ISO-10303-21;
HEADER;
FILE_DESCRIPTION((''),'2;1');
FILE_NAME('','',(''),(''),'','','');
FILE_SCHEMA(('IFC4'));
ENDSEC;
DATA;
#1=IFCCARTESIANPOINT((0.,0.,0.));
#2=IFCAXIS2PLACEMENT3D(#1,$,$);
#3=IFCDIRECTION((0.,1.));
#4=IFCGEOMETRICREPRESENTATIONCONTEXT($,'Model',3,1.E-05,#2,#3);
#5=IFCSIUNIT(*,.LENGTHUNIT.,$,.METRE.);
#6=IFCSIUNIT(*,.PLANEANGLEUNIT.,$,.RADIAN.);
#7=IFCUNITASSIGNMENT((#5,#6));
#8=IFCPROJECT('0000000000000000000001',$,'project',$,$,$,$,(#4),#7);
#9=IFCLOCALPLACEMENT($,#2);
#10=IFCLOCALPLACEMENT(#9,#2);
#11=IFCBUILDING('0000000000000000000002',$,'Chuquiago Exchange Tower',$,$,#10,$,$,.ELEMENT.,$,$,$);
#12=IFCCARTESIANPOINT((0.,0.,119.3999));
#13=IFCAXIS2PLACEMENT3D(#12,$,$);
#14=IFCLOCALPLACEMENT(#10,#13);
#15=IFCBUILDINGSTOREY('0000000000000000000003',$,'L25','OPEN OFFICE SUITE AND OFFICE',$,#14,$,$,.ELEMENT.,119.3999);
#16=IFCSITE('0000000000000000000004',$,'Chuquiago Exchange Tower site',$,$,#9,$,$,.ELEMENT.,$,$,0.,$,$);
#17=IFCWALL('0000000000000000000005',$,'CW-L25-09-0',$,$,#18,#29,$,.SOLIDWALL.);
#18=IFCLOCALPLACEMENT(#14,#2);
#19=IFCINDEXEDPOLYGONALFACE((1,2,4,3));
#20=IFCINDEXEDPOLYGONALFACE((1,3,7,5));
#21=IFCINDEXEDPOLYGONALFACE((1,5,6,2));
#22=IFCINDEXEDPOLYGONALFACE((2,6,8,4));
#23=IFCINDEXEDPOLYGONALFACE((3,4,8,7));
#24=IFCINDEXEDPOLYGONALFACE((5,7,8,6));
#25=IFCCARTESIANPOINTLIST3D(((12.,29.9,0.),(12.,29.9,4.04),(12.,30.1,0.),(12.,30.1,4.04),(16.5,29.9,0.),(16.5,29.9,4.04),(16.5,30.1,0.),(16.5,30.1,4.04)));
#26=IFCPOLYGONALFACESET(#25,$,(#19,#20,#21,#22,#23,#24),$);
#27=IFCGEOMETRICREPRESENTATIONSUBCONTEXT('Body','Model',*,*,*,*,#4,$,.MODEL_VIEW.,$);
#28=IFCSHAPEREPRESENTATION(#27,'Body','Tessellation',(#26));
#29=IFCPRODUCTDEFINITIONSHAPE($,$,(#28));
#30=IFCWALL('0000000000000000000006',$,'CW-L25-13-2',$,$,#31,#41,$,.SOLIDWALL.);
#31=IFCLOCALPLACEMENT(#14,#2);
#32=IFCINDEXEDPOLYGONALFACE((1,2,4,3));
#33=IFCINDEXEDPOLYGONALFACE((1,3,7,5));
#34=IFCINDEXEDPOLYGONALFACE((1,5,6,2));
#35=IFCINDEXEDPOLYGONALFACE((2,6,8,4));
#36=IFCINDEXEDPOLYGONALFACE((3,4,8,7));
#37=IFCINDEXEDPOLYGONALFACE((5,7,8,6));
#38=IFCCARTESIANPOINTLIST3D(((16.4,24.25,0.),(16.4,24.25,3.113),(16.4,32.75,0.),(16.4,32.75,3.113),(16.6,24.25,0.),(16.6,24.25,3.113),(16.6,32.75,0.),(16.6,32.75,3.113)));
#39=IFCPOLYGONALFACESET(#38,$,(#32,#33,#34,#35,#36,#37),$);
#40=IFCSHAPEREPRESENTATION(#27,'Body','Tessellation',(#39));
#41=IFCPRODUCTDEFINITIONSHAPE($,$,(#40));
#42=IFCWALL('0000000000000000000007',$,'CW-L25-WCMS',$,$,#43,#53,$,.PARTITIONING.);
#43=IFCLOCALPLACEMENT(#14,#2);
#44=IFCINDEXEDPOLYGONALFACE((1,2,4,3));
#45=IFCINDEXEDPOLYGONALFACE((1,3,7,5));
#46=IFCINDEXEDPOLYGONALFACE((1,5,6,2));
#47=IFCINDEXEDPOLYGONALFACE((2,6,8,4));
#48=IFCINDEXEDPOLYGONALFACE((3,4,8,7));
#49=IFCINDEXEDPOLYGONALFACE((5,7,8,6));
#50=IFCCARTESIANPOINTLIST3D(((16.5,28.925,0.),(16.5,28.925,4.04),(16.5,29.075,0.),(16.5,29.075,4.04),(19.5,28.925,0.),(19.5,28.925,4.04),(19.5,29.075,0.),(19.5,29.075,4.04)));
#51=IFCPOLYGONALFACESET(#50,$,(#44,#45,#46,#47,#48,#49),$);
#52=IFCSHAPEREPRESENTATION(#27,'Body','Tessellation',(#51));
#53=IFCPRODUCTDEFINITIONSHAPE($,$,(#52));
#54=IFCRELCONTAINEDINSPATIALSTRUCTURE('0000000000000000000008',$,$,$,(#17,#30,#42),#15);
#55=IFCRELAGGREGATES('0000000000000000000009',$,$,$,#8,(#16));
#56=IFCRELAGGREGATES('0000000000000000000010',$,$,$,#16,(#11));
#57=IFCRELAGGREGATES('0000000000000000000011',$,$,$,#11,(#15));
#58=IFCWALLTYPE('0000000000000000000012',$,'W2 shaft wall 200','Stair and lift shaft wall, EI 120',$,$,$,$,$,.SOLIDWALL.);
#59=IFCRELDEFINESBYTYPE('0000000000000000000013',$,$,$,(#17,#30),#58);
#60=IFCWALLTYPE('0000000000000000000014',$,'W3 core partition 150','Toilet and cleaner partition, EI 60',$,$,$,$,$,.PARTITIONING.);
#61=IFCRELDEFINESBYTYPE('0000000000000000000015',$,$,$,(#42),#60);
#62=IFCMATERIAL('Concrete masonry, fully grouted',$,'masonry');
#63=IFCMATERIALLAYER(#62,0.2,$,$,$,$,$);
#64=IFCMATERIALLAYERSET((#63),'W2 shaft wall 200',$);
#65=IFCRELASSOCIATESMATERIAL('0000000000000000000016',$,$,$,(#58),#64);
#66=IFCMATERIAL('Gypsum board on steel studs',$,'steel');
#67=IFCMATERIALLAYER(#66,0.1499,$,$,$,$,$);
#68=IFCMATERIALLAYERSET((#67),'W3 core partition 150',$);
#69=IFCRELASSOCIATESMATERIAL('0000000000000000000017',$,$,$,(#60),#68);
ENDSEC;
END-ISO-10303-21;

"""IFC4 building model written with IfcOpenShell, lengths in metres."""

from ifc_helpers import new_model, si_unit, direction, frame, frame_2d, origin, place, context, subcontext, project, spatial, rectangle, extrude, material, layer, layer_set, type_object, element, save


model = new_model("IFC4")

# Units and contexts
model_context = context("Model", 3, precision=1e-05, world=origin(), true_north=direction((0.0, 1.0)))
body_context = subcontext(model_context, "Body", "Model", "MODEL_VIEW")
ifc_project = project(units=[si_unit("LENGTHUNIT", "METRE"), si_unit("PLANEANGLEUNIT", "RADIAN")], contexts=[model_context])

# Site, building, storey
site_placement = place(None, origin())
site = spatial("IfcSite", under=ifc_project, at=site_placement, Name="Chuquiago Exchange Tower site", CompositionType="ELEMENT", RefElevation=0.0)
building_placement = place(site_placement, origin())
building = spatial("IfcBuilding", under=site, at=building_placement, Name="Chuquiago Exchange Tower", CompositionType="ELEMENT")
storey_placement = place(building_placement, frame((0.0, 0.0, 119.3999)))
storey = spatial("IfcBuildingStorey", under=building, at=storey_placement, Name="L25", Description="OPEN OFFICE SUITE AND OFFICE", CompositionType="ELEMENT", Elevation=119.3999)

# Shared definitions
ifc_material_1 = material(Name="Concrete masonry, fully grouted", Category="masonry")
ifc_layer_1 = layer(ifc_material_1, 0.2)
ifc_layer_set_1 = layer_set([ifc_layer_1], Name="W2 shaft wall 200")
wall_type_1 = type_object("IfcWallType", Name="W2 shaft wall 200", Description="Stair and lift shaft wall, EI 120", PredefinedType="SOLIDWALL", material=ifc_layer_set_1)

# Walls
wall_1_placement = place(storey_placement, frame((12.0, 30.0, 0.0), z_axis=(0.0, 0.0, 1.0), x_axis=(1.0, 0.0, 0.0)))
element("IfcWall", 1, at=wall_1_placement, inside=storey, type_object=wall_type_1, Name="CW-L25-09-0", PredefinedType="SOLIDWALL", context=body_context, shape_type="SweptSolid", body=[
    extrude(rectangle(XDim=4.5, YDim=0.2, at=frame_2d((2.25, 0.0))), origin(), (0.0, 0.0, 1.0), 4.04),
])
wall_2_placement = place(storey_placement, frame((16.5, 24.25, 0.0), z_axis=(0.0, 0.0, 1.0), x_axis=(0.0, 1.0, 0.0)))
element("IfcWall", 2, at=wall_2_placement, inside=storey, type_object=wall_type_1, Name="CW-L25-13-2", PredefinedType="SOLIDWALL", context=body_context, shape_type="SweptSolid", body=[
    extrude(rectangle(XDim=8.5, YDim=0.2, at=frame_2d((4.25, 0.0))), origin(), (0.0, 0.0, 1.0), 3.113),
])
ifc_material_2 = material(Name="Gypsum board on steel studs", Category="steel")
ifc_layer_2 = layer(ifc_material_2, 0.1499)
ifc_layer_set_2 = layer_set([ifc_layer_2], Name="W3 core partition 150")
wall_type_2 = type_object("IfcWallType", Name="W3 core partition 150", Description="Toilet and cleaner partition, EI 60", PredefinedType="PARTITIONING", material=ifc_layer_set_2)
wall_3_placement = place(storey_placement, frame((16.5, 29.0, 0.0), z_axis=(0.0, 0.0, 1.0), x_axis=(1.0, 0.0, 0.0)))
element("IfcWall", 3, at=wall_3_placement, inside=storey, type_object=wall_type_2, Name="CW-L25-WCMS", PredefinedType="PARTITIONING", context=body_context, shape_type="SweptSolid", body=[
    extrude(rectangle(XDim=3.0, YDim=0.1499, at=frame_2d((1.5, 0.0))), origin(), (0.0, 0.0, 1.0), 4.04),
])

save(model, "model.ifc")
